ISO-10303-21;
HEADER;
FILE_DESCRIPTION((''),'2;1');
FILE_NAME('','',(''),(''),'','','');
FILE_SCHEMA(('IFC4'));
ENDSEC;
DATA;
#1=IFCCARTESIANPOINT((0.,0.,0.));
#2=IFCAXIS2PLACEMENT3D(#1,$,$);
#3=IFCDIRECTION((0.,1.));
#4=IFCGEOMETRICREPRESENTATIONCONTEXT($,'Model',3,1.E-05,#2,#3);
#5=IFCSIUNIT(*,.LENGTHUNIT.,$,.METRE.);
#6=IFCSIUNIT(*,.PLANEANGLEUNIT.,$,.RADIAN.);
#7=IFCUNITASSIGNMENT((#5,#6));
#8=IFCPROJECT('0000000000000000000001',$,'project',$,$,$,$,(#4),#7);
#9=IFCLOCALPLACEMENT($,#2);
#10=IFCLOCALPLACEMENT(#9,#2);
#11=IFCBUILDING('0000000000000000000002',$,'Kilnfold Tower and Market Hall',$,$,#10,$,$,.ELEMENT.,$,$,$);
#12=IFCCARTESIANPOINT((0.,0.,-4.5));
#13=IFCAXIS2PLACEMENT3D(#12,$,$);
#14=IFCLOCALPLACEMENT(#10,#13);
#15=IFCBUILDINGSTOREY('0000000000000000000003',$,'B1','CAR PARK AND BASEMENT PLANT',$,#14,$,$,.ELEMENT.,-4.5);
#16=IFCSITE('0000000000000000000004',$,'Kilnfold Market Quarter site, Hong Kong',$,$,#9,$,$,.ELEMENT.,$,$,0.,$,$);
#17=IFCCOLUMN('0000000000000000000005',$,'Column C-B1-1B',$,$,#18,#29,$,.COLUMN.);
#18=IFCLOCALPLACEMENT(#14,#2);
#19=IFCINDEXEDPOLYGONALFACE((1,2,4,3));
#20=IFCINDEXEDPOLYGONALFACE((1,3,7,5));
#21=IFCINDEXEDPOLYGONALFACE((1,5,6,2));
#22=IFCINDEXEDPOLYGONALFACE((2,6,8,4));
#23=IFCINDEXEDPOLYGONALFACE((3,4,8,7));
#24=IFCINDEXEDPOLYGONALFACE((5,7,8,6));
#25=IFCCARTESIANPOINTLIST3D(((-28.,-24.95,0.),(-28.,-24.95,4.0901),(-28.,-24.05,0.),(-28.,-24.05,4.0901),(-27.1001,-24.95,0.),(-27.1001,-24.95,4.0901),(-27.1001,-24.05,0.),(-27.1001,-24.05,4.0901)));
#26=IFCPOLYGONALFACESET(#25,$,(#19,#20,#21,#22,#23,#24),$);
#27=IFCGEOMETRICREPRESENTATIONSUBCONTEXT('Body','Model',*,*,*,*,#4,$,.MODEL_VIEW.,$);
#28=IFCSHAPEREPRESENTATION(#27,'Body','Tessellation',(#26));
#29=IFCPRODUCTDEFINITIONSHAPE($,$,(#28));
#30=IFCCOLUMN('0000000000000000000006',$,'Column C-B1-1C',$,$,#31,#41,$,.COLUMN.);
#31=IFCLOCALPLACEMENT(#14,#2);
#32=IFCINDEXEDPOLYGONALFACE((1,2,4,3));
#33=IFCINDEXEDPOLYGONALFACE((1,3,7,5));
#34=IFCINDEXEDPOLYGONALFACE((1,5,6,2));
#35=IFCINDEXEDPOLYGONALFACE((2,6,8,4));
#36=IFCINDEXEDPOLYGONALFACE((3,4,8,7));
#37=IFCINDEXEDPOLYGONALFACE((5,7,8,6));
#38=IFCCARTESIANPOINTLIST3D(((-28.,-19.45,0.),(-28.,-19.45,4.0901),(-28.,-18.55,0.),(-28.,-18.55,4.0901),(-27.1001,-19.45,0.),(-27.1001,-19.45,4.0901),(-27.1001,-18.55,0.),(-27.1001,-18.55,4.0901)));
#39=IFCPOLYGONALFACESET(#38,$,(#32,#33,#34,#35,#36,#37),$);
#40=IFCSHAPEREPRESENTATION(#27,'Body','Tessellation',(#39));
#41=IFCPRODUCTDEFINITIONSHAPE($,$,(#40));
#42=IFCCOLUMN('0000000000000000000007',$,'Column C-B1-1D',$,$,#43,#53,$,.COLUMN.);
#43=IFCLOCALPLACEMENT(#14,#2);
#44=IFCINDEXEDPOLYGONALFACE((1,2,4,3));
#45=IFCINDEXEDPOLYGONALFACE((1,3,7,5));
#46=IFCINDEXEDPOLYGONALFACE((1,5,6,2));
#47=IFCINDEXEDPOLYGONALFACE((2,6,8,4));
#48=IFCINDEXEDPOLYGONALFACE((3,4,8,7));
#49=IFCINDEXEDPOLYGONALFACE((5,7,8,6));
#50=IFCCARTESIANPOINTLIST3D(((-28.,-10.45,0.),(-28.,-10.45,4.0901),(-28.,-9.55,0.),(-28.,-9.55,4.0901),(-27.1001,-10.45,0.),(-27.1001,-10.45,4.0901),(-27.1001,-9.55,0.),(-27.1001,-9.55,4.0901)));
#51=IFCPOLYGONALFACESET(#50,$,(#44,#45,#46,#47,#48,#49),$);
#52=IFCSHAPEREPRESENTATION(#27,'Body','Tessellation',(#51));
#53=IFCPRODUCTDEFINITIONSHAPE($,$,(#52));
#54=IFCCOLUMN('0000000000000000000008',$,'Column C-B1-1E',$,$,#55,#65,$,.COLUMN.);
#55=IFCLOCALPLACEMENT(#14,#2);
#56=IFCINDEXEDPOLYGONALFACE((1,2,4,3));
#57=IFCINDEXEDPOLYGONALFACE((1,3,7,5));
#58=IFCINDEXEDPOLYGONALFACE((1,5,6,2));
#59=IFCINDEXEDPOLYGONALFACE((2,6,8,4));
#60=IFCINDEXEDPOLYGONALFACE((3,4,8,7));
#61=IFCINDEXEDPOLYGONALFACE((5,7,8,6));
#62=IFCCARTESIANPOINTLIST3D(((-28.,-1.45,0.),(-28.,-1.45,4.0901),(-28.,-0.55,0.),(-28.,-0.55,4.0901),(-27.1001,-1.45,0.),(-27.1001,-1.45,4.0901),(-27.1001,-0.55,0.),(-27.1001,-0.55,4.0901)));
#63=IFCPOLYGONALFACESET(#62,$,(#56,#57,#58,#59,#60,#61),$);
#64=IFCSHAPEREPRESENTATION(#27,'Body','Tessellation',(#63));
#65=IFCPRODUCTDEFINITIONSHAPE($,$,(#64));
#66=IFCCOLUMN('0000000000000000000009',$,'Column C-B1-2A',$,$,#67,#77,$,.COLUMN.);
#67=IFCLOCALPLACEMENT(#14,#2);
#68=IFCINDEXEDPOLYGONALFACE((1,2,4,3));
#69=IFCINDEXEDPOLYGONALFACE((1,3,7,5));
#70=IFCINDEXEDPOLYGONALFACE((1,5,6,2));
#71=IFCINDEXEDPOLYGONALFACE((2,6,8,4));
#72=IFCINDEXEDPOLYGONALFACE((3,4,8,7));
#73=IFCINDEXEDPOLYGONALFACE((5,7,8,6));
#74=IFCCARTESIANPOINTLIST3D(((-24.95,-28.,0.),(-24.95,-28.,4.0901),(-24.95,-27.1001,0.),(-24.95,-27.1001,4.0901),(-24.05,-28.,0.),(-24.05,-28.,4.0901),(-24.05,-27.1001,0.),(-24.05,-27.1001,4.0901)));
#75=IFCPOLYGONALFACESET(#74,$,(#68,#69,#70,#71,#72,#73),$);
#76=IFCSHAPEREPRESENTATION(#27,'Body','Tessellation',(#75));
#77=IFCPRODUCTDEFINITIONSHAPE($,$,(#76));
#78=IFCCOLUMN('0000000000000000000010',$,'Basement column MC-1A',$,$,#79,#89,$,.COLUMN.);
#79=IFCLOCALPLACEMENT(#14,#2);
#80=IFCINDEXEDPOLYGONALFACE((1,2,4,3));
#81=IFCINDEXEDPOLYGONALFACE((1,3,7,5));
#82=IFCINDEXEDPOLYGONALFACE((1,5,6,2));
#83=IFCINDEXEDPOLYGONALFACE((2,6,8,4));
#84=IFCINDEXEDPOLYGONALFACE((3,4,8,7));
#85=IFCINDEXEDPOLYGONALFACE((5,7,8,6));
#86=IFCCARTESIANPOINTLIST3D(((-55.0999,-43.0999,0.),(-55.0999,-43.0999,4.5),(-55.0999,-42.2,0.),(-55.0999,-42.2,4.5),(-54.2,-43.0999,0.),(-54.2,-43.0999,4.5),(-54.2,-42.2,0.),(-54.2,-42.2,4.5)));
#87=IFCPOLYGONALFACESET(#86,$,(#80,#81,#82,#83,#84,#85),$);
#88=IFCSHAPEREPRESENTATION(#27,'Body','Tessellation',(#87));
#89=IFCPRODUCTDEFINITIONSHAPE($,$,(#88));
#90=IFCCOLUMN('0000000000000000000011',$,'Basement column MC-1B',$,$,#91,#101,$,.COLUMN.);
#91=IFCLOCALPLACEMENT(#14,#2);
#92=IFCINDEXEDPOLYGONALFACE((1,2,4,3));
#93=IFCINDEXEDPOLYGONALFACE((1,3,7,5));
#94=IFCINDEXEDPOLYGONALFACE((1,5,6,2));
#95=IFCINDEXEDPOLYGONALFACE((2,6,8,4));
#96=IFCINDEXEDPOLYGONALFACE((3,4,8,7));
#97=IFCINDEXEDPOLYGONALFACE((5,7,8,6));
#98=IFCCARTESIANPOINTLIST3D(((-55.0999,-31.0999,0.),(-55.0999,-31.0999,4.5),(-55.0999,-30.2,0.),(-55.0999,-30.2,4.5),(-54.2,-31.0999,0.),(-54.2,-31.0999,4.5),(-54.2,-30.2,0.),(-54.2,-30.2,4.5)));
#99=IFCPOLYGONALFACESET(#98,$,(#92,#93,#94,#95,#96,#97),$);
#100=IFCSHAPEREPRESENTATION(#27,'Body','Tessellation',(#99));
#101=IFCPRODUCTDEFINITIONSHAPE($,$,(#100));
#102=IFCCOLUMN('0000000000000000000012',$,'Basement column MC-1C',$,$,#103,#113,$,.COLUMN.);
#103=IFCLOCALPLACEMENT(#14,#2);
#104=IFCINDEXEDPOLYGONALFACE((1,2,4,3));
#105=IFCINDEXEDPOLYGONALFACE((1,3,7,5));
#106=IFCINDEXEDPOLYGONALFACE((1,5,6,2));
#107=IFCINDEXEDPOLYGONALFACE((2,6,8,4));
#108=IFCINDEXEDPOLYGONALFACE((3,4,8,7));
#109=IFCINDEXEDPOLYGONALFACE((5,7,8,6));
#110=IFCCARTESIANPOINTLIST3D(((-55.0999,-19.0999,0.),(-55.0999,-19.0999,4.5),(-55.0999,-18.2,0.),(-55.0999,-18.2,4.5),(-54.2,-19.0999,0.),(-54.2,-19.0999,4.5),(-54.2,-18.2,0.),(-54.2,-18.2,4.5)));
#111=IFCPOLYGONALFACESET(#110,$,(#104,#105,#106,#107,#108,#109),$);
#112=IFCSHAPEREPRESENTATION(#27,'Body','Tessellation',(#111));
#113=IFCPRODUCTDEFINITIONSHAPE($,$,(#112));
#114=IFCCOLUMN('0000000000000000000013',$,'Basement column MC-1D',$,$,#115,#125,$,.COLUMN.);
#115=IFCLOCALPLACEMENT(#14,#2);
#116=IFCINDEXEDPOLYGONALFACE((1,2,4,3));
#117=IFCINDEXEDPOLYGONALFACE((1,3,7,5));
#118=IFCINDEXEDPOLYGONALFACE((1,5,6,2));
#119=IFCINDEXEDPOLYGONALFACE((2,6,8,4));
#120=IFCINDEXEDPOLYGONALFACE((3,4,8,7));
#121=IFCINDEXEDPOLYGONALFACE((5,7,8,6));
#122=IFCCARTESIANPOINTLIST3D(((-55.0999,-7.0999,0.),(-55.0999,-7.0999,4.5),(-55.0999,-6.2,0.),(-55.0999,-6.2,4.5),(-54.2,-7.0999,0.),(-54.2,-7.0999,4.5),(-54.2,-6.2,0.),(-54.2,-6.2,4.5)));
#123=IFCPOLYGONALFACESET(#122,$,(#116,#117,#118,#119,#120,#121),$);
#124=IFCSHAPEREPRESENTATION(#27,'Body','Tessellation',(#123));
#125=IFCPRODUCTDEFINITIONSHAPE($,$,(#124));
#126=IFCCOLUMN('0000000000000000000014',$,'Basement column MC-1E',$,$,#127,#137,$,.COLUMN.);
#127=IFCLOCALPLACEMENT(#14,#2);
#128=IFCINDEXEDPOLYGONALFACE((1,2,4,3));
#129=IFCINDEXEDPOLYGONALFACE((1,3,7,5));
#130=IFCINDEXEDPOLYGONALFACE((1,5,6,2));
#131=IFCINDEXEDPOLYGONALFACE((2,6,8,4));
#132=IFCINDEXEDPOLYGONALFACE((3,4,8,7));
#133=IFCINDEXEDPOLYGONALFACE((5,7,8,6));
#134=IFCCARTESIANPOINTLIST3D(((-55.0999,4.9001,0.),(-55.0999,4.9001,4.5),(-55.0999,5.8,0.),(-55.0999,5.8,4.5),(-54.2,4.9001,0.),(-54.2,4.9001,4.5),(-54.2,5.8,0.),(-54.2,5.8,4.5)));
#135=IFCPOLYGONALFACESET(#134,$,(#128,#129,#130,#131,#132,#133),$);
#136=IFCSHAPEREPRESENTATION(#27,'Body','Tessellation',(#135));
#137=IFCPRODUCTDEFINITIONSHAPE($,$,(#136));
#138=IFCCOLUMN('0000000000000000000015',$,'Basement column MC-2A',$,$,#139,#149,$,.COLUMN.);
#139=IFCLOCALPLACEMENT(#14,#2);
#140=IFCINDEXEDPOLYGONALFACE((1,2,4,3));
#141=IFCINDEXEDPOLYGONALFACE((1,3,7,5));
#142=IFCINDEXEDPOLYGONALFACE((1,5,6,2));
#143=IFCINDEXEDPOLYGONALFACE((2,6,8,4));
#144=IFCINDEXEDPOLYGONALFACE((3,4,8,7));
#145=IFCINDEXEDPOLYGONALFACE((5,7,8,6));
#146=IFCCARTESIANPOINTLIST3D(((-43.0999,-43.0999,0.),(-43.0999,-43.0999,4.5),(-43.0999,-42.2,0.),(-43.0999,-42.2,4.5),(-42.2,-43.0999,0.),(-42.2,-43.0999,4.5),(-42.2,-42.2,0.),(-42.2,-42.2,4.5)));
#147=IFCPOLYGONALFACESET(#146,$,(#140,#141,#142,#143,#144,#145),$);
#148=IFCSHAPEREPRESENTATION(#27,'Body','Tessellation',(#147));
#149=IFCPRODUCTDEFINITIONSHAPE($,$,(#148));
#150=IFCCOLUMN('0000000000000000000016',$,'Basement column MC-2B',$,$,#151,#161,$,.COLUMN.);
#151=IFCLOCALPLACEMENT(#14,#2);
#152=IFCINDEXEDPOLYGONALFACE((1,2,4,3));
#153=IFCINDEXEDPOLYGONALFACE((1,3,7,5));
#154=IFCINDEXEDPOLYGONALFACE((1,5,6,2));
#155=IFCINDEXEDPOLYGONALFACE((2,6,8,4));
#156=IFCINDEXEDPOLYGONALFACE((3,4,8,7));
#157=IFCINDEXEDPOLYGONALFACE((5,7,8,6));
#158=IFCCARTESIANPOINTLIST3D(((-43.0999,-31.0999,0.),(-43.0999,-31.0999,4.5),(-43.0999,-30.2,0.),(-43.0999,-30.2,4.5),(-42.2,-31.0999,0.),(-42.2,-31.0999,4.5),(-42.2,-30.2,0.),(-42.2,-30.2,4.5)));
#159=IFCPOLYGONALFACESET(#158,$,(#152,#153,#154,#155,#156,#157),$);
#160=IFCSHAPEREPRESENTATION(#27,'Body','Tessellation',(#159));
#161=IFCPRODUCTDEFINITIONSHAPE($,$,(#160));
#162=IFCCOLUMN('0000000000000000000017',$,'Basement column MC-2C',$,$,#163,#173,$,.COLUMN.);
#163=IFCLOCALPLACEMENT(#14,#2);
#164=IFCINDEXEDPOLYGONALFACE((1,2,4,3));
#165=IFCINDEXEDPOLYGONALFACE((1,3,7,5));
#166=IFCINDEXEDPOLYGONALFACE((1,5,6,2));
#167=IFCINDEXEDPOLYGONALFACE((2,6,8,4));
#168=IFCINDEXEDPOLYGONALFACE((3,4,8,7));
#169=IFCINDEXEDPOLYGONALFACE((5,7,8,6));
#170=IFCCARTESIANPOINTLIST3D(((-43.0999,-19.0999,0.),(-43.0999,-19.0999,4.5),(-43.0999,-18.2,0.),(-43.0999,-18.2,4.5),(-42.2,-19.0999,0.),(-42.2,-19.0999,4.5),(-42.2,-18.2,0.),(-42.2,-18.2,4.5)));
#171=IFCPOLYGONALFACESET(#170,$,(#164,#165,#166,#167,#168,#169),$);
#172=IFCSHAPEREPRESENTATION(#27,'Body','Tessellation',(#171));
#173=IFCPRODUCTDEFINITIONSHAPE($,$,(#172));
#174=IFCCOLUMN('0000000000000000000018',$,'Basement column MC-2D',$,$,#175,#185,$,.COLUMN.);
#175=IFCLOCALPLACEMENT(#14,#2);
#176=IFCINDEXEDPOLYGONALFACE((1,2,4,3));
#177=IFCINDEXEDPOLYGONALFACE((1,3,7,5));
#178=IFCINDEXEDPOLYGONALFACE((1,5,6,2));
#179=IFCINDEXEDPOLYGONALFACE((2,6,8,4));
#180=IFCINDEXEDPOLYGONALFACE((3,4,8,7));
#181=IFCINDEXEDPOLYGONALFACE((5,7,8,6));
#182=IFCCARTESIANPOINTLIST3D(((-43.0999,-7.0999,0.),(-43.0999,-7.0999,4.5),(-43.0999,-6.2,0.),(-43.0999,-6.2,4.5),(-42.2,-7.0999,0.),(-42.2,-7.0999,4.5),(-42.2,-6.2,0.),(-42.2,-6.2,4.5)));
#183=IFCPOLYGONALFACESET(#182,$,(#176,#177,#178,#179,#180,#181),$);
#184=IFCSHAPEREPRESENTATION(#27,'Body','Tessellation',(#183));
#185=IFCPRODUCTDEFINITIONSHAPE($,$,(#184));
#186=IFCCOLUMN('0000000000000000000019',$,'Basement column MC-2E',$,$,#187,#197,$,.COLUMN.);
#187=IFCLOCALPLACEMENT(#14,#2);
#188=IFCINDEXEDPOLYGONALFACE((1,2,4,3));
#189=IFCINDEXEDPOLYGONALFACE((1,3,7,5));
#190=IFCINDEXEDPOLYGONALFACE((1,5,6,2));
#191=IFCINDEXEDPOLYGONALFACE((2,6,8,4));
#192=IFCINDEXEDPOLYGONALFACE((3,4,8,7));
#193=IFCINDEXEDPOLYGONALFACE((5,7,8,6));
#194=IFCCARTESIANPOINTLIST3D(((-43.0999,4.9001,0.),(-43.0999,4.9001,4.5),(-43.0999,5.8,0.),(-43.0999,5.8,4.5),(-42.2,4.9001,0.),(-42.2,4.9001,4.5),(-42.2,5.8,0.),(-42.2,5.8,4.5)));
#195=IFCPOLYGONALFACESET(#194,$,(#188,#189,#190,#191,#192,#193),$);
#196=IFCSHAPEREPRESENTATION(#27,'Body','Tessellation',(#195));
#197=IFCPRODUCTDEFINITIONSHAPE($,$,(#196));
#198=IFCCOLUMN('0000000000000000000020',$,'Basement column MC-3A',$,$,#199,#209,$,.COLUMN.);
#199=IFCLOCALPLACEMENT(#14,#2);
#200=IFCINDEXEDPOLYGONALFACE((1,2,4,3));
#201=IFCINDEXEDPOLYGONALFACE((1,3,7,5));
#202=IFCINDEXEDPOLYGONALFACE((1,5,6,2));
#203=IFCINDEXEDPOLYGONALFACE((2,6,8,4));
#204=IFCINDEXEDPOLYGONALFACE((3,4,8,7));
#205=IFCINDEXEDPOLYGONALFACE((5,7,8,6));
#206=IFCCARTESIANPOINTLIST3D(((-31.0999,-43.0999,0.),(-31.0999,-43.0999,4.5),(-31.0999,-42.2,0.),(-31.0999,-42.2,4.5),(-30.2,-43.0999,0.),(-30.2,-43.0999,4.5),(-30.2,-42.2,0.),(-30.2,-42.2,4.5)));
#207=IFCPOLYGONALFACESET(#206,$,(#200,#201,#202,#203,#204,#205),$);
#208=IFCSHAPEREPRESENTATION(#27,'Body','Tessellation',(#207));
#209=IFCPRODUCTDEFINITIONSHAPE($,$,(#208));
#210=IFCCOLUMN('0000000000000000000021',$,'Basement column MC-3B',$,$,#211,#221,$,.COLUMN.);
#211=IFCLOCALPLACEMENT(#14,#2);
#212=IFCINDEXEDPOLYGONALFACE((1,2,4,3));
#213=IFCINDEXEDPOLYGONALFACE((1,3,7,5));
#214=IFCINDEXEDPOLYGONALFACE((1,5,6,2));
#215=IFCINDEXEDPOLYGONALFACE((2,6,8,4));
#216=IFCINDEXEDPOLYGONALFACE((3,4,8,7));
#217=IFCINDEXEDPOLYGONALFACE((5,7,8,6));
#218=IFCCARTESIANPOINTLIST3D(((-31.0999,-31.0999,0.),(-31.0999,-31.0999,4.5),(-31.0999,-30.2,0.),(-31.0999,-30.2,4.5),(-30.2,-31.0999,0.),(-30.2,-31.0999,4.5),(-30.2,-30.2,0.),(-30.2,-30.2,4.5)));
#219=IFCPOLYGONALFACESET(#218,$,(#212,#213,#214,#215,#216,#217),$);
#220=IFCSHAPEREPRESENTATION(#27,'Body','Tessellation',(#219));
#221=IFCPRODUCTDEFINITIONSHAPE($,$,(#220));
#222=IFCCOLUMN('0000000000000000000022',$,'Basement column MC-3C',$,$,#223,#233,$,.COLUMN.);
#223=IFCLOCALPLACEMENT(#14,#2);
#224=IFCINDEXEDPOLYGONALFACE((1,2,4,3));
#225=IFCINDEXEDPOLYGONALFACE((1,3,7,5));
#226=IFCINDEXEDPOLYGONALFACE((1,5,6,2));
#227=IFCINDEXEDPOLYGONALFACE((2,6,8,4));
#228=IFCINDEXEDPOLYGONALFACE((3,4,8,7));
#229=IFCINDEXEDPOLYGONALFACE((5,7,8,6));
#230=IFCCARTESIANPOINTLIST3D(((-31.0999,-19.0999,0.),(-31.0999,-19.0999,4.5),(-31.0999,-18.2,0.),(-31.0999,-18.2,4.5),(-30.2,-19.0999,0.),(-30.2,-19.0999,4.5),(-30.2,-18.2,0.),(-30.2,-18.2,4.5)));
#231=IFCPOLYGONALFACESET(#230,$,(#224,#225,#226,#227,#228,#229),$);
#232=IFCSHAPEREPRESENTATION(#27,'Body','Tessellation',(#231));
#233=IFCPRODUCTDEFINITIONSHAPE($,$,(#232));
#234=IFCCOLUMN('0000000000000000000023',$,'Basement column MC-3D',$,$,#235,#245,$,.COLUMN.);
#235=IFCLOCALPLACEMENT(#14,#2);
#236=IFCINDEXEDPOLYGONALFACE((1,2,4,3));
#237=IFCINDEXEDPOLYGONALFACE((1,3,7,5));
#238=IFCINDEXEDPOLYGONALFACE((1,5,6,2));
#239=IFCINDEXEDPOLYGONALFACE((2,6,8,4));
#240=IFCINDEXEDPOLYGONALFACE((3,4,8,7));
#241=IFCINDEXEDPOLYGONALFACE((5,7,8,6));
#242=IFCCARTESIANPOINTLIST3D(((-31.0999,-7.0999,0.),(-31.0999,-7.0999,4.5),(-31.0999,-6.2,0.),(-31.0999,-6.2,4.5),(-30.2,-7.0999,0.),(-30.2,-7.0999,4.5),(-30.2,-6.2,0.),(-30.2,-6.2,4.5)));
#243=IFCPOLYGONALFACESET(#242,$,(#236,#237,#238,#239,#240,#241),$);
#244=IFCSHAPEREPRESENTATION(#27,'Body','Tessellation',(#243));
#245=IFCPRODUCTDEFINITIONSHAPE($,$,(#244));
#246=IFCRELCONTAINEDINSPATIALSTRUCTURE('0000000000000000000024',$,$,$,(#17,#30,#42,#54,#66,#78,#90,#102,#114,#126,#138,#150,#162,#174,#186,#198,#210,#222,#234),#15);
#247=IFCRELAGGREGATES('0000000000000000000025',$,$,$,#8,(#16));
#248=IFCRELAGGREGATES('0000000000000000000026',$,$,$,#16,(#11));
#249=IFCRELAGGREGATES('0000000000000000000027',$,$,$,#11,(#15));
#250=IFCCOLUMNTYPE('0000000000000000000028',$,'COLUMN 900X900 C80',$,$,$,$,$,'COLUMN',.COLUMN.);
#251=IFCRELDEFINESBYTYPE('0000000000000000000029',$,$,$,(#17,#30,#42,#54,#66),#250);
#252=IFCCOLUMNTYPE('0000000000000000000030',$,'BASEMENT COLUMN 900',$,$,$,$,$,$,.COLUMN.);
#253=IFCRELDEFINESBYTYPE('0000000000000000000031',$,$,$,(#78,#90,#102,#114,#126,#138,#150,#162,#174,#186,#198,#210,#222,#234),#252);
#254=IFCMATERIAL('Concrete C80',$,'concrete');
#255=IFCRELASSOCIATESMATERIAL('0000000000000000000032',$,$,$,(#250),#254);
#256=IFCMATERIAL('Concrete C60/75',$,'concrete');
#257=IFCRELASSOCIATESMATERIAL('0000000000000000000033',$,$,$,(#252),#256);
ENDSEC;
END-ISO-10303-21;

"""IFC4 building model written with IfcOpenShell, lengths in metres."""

from ifc_helpers import new_model, si_unit, direction, frame, origin, origin_2d, place, context, subcontext, project, spatial, rectangle, extrude, source, transform, mapped, material, material_profile, profile_set, type_object, element, save


model = new_model("IFC4")

# Units and contexts
model_context = context("Model", 3, precision=1e-05, world=origin(), true_north=direction((0.0, 1.0)))
body_context = subcontext(model_context, "Body", "Model", "MODEL_VIEW")
ifc_project = project(units=[si_unit("LENGTHUNIT", "METRE"), si_unit("PLANEANGLEUNIT", "RADIAN")], contexts=[model_context])

# Site, building, storey
site_placement = place(None, origin())
site = spatial("IfcSite", under=ifc_project, at=site_placement, Name="Kilnfold Market Quarter site, Hong Kong", CompositionType="ELEMENT", RefElevation=0.0)
building_placement = place(site_placement, origin())
building = spatial("IfcBuilding", under=site, at=building_placement, Name="Kilnfold Tower and Market Hall", CompositionType="ELEMENT")
storey_placement = place(building_placement, frame((0.0, 0.0, -4.5)))
storey = spatial("IfcBuildingStorey", under=building, at=storey_placement, Name="B1", Description="CAR PARK AND BASEMENT PLANT", CompositionType="ELEMENT", Elevation=-4.5)

# Columns
ifc_material_1 = material(Name="Concrete C80", Category="concrete")
ifc_material_profile_1 = material_profile(ifc_material_1, rectangle(XDim=0.8999, YDim=0.8999, at=origin_2d()), Name="RC 900x900")
ifc_profile_set_1 = profile_set([ifc_material_profile_1], Name="Concrete C80")
column_type_1 = type_object("IfcColumnType", Name="COLUMN 900X900 C80", ElementType="COLUMN", PredefinedType="COLUMN", material=ifc_profile_set_1)
shared_shape_1 = source(origin(), body_context, "Body", "SweptSolid", [
    extrude(rectangle(XDim=0.8999, YDim=0.8999, at=origin_2d()), origin(), (0.0, 0.0, 1.0), 4.0901),
])
for number, where, z_axis, x_axis, name in (
    (1, (-27.55, -24.5, 0.0), (0.0, 0.0, 1.0), (1.0, 0.0, 0.0), "Column C-B1-1B"),
    (2, (-27.55, -19.0, 0.0), (0.0, 0.0, 1.0), (1.0, 0.0, 0.0), "Column C-B1-1C"),
    (3, (-27.55, -10.0, 0.0), (0.0, 0.0, 1.0), (1.0, 0.0, 0.0), "Column C-B1-1D"),
    (4, (-27.55, -1.0, 0.0), (0.0, 0.0, 1.0), (1.0, 0.0, 0.0), "Column C-B1-1E"),
    (5, (-24.5, -27.55, 0.0), (0.0, 0.0, 1.0), (1.0, 0.0, 0.0), "Column C-B1-2A"),
):
    element("IfcColumn", number, at=place(storey_placement, frame(where, z_axis=z_axis, x_axis=x_axis)), inside=storey, type_object=column_type_1, Name=name, PredefinedType="COLUMN", context=body_context, shape_type="MappedRepresentation", body=[
        mapped(shared_shape_1, transform((0.0, 0.0, 0.0))),
    ])
ifc_material_2 = material(Name="Concrete C60/75", Category="concrete")
ifc_material_profile_2 = material_profile(ifc_material_2, rectangle(XDim=0.8999, YDim=0.8999, at=origin_2d()), Name="RC 900x900")
ifc_profile_set_2 = profile_set([ifc_material_profile_2], Name="Concrete C60/75")
column_type_2 = type_object("IfcColumnType", Name="BASEMENT COLUMN 900", PredefinedType="COLUMN", material=ifc_profile_set_2)
shared_shape_2 = source(origin(), body_context, "Body", "SweptSolid", [
    extrude(rectangle(XDim=0.8999, YDim=0.8999, at=origin_2d()), origin(), (0.0, 0.0, 1.0), 4.5),
])
for number, where, z_axis, x_axis, name in (
    (6, (-54.6499, -42.6499, 0.0), (0.0, 0.0, 1.0), (1.0, 0.0, 0.0), "Basement column MC-1A"),
    (7, (-54.6499, -30.6499, 0.0), (0.0, 0.0, 1.0), (1.0, 0.0, 0.0), "Basement column MC-1B"),
    (8, (-54.6499, -18.6499, 0.0), (0.0, 0.0, 1.0), (1.0, 0.0, 0.0), "Basement column MC-1C"),
    (9, (-54.6499, -6.6499, 0.0), (0.0, 0.0, 1.0), (1.0, 0.0, 0.0), "Basement column MC-1D"),
    (10, (-54.6499, 5.3501, 0.0), (0.0, 0.0, 1.0), (1.0, 0.0, 0.0), "Basement column MC-1E"),
    (11, (-42.6499, -42.6499, 0.0), (0.0, 0.0, 1.0), (1.0, 0.0, 0.0), "Basement column MC-2A"),
    (12, (-42.6499, -30.6499, 0.0), (0.0, 0.0, 1.0), (1.0, 0.0, 0.0), "Basement column MC-2B"),
    (13, (-42.6499, -18.6499, 0.0), (0.0, 0.0, 1.0), (1.0, 0.0, 0.0), "Basement column MC-2C"),
    (14, (-42.6499, -6.6499, 0.0), (0.0, 0.0, 1.0), (1.0, 0.0, 0.0), "Basement column MC-2D"),
    (15, (-42.6499, 5.3501, 0.0), (0.0, 0.0, 1.0), (1.0, 0.0, 0.0), "Basement column MC-2E"),
    (16, (-30.6499, -42.6499, 0.0), (0.0, 0.0, 1.0), (1.0, 0.0, 0.0), "Basement column MC-3A"),
    (17, (-30.6499, -30.6499, 0.0), (0.0, 0.0, 1.0), (1.0, 0.0, 0.0), "Basement column MC-3B"),
    (18, (-30.6499, -18.6499, 0.0), (0.0, 0.0, 1.0), (1.0, 0.0, 0.0), "Basement column MC-3C"),
    (19, (-30.6499, -6.6499, 0.0), (0.0, 0.0, 1.0), (1.0, 0.0, 0.0), "Basement column MC-3D"),
):
    element("IfcColumn", number, at=place(storey_placement, frame(where, z_axis=z_axis, x_axis=x_axis)), inside=storey, type_object=column_type_2, Name=name, PredefinedType="COLUMN", context=body_context, shape_type="MappedRepresentation", body=[
        mapped(shared_shape_2, transform((0.0, 0.0, 0.0))),
    ])

save(model, "model.ifc")
